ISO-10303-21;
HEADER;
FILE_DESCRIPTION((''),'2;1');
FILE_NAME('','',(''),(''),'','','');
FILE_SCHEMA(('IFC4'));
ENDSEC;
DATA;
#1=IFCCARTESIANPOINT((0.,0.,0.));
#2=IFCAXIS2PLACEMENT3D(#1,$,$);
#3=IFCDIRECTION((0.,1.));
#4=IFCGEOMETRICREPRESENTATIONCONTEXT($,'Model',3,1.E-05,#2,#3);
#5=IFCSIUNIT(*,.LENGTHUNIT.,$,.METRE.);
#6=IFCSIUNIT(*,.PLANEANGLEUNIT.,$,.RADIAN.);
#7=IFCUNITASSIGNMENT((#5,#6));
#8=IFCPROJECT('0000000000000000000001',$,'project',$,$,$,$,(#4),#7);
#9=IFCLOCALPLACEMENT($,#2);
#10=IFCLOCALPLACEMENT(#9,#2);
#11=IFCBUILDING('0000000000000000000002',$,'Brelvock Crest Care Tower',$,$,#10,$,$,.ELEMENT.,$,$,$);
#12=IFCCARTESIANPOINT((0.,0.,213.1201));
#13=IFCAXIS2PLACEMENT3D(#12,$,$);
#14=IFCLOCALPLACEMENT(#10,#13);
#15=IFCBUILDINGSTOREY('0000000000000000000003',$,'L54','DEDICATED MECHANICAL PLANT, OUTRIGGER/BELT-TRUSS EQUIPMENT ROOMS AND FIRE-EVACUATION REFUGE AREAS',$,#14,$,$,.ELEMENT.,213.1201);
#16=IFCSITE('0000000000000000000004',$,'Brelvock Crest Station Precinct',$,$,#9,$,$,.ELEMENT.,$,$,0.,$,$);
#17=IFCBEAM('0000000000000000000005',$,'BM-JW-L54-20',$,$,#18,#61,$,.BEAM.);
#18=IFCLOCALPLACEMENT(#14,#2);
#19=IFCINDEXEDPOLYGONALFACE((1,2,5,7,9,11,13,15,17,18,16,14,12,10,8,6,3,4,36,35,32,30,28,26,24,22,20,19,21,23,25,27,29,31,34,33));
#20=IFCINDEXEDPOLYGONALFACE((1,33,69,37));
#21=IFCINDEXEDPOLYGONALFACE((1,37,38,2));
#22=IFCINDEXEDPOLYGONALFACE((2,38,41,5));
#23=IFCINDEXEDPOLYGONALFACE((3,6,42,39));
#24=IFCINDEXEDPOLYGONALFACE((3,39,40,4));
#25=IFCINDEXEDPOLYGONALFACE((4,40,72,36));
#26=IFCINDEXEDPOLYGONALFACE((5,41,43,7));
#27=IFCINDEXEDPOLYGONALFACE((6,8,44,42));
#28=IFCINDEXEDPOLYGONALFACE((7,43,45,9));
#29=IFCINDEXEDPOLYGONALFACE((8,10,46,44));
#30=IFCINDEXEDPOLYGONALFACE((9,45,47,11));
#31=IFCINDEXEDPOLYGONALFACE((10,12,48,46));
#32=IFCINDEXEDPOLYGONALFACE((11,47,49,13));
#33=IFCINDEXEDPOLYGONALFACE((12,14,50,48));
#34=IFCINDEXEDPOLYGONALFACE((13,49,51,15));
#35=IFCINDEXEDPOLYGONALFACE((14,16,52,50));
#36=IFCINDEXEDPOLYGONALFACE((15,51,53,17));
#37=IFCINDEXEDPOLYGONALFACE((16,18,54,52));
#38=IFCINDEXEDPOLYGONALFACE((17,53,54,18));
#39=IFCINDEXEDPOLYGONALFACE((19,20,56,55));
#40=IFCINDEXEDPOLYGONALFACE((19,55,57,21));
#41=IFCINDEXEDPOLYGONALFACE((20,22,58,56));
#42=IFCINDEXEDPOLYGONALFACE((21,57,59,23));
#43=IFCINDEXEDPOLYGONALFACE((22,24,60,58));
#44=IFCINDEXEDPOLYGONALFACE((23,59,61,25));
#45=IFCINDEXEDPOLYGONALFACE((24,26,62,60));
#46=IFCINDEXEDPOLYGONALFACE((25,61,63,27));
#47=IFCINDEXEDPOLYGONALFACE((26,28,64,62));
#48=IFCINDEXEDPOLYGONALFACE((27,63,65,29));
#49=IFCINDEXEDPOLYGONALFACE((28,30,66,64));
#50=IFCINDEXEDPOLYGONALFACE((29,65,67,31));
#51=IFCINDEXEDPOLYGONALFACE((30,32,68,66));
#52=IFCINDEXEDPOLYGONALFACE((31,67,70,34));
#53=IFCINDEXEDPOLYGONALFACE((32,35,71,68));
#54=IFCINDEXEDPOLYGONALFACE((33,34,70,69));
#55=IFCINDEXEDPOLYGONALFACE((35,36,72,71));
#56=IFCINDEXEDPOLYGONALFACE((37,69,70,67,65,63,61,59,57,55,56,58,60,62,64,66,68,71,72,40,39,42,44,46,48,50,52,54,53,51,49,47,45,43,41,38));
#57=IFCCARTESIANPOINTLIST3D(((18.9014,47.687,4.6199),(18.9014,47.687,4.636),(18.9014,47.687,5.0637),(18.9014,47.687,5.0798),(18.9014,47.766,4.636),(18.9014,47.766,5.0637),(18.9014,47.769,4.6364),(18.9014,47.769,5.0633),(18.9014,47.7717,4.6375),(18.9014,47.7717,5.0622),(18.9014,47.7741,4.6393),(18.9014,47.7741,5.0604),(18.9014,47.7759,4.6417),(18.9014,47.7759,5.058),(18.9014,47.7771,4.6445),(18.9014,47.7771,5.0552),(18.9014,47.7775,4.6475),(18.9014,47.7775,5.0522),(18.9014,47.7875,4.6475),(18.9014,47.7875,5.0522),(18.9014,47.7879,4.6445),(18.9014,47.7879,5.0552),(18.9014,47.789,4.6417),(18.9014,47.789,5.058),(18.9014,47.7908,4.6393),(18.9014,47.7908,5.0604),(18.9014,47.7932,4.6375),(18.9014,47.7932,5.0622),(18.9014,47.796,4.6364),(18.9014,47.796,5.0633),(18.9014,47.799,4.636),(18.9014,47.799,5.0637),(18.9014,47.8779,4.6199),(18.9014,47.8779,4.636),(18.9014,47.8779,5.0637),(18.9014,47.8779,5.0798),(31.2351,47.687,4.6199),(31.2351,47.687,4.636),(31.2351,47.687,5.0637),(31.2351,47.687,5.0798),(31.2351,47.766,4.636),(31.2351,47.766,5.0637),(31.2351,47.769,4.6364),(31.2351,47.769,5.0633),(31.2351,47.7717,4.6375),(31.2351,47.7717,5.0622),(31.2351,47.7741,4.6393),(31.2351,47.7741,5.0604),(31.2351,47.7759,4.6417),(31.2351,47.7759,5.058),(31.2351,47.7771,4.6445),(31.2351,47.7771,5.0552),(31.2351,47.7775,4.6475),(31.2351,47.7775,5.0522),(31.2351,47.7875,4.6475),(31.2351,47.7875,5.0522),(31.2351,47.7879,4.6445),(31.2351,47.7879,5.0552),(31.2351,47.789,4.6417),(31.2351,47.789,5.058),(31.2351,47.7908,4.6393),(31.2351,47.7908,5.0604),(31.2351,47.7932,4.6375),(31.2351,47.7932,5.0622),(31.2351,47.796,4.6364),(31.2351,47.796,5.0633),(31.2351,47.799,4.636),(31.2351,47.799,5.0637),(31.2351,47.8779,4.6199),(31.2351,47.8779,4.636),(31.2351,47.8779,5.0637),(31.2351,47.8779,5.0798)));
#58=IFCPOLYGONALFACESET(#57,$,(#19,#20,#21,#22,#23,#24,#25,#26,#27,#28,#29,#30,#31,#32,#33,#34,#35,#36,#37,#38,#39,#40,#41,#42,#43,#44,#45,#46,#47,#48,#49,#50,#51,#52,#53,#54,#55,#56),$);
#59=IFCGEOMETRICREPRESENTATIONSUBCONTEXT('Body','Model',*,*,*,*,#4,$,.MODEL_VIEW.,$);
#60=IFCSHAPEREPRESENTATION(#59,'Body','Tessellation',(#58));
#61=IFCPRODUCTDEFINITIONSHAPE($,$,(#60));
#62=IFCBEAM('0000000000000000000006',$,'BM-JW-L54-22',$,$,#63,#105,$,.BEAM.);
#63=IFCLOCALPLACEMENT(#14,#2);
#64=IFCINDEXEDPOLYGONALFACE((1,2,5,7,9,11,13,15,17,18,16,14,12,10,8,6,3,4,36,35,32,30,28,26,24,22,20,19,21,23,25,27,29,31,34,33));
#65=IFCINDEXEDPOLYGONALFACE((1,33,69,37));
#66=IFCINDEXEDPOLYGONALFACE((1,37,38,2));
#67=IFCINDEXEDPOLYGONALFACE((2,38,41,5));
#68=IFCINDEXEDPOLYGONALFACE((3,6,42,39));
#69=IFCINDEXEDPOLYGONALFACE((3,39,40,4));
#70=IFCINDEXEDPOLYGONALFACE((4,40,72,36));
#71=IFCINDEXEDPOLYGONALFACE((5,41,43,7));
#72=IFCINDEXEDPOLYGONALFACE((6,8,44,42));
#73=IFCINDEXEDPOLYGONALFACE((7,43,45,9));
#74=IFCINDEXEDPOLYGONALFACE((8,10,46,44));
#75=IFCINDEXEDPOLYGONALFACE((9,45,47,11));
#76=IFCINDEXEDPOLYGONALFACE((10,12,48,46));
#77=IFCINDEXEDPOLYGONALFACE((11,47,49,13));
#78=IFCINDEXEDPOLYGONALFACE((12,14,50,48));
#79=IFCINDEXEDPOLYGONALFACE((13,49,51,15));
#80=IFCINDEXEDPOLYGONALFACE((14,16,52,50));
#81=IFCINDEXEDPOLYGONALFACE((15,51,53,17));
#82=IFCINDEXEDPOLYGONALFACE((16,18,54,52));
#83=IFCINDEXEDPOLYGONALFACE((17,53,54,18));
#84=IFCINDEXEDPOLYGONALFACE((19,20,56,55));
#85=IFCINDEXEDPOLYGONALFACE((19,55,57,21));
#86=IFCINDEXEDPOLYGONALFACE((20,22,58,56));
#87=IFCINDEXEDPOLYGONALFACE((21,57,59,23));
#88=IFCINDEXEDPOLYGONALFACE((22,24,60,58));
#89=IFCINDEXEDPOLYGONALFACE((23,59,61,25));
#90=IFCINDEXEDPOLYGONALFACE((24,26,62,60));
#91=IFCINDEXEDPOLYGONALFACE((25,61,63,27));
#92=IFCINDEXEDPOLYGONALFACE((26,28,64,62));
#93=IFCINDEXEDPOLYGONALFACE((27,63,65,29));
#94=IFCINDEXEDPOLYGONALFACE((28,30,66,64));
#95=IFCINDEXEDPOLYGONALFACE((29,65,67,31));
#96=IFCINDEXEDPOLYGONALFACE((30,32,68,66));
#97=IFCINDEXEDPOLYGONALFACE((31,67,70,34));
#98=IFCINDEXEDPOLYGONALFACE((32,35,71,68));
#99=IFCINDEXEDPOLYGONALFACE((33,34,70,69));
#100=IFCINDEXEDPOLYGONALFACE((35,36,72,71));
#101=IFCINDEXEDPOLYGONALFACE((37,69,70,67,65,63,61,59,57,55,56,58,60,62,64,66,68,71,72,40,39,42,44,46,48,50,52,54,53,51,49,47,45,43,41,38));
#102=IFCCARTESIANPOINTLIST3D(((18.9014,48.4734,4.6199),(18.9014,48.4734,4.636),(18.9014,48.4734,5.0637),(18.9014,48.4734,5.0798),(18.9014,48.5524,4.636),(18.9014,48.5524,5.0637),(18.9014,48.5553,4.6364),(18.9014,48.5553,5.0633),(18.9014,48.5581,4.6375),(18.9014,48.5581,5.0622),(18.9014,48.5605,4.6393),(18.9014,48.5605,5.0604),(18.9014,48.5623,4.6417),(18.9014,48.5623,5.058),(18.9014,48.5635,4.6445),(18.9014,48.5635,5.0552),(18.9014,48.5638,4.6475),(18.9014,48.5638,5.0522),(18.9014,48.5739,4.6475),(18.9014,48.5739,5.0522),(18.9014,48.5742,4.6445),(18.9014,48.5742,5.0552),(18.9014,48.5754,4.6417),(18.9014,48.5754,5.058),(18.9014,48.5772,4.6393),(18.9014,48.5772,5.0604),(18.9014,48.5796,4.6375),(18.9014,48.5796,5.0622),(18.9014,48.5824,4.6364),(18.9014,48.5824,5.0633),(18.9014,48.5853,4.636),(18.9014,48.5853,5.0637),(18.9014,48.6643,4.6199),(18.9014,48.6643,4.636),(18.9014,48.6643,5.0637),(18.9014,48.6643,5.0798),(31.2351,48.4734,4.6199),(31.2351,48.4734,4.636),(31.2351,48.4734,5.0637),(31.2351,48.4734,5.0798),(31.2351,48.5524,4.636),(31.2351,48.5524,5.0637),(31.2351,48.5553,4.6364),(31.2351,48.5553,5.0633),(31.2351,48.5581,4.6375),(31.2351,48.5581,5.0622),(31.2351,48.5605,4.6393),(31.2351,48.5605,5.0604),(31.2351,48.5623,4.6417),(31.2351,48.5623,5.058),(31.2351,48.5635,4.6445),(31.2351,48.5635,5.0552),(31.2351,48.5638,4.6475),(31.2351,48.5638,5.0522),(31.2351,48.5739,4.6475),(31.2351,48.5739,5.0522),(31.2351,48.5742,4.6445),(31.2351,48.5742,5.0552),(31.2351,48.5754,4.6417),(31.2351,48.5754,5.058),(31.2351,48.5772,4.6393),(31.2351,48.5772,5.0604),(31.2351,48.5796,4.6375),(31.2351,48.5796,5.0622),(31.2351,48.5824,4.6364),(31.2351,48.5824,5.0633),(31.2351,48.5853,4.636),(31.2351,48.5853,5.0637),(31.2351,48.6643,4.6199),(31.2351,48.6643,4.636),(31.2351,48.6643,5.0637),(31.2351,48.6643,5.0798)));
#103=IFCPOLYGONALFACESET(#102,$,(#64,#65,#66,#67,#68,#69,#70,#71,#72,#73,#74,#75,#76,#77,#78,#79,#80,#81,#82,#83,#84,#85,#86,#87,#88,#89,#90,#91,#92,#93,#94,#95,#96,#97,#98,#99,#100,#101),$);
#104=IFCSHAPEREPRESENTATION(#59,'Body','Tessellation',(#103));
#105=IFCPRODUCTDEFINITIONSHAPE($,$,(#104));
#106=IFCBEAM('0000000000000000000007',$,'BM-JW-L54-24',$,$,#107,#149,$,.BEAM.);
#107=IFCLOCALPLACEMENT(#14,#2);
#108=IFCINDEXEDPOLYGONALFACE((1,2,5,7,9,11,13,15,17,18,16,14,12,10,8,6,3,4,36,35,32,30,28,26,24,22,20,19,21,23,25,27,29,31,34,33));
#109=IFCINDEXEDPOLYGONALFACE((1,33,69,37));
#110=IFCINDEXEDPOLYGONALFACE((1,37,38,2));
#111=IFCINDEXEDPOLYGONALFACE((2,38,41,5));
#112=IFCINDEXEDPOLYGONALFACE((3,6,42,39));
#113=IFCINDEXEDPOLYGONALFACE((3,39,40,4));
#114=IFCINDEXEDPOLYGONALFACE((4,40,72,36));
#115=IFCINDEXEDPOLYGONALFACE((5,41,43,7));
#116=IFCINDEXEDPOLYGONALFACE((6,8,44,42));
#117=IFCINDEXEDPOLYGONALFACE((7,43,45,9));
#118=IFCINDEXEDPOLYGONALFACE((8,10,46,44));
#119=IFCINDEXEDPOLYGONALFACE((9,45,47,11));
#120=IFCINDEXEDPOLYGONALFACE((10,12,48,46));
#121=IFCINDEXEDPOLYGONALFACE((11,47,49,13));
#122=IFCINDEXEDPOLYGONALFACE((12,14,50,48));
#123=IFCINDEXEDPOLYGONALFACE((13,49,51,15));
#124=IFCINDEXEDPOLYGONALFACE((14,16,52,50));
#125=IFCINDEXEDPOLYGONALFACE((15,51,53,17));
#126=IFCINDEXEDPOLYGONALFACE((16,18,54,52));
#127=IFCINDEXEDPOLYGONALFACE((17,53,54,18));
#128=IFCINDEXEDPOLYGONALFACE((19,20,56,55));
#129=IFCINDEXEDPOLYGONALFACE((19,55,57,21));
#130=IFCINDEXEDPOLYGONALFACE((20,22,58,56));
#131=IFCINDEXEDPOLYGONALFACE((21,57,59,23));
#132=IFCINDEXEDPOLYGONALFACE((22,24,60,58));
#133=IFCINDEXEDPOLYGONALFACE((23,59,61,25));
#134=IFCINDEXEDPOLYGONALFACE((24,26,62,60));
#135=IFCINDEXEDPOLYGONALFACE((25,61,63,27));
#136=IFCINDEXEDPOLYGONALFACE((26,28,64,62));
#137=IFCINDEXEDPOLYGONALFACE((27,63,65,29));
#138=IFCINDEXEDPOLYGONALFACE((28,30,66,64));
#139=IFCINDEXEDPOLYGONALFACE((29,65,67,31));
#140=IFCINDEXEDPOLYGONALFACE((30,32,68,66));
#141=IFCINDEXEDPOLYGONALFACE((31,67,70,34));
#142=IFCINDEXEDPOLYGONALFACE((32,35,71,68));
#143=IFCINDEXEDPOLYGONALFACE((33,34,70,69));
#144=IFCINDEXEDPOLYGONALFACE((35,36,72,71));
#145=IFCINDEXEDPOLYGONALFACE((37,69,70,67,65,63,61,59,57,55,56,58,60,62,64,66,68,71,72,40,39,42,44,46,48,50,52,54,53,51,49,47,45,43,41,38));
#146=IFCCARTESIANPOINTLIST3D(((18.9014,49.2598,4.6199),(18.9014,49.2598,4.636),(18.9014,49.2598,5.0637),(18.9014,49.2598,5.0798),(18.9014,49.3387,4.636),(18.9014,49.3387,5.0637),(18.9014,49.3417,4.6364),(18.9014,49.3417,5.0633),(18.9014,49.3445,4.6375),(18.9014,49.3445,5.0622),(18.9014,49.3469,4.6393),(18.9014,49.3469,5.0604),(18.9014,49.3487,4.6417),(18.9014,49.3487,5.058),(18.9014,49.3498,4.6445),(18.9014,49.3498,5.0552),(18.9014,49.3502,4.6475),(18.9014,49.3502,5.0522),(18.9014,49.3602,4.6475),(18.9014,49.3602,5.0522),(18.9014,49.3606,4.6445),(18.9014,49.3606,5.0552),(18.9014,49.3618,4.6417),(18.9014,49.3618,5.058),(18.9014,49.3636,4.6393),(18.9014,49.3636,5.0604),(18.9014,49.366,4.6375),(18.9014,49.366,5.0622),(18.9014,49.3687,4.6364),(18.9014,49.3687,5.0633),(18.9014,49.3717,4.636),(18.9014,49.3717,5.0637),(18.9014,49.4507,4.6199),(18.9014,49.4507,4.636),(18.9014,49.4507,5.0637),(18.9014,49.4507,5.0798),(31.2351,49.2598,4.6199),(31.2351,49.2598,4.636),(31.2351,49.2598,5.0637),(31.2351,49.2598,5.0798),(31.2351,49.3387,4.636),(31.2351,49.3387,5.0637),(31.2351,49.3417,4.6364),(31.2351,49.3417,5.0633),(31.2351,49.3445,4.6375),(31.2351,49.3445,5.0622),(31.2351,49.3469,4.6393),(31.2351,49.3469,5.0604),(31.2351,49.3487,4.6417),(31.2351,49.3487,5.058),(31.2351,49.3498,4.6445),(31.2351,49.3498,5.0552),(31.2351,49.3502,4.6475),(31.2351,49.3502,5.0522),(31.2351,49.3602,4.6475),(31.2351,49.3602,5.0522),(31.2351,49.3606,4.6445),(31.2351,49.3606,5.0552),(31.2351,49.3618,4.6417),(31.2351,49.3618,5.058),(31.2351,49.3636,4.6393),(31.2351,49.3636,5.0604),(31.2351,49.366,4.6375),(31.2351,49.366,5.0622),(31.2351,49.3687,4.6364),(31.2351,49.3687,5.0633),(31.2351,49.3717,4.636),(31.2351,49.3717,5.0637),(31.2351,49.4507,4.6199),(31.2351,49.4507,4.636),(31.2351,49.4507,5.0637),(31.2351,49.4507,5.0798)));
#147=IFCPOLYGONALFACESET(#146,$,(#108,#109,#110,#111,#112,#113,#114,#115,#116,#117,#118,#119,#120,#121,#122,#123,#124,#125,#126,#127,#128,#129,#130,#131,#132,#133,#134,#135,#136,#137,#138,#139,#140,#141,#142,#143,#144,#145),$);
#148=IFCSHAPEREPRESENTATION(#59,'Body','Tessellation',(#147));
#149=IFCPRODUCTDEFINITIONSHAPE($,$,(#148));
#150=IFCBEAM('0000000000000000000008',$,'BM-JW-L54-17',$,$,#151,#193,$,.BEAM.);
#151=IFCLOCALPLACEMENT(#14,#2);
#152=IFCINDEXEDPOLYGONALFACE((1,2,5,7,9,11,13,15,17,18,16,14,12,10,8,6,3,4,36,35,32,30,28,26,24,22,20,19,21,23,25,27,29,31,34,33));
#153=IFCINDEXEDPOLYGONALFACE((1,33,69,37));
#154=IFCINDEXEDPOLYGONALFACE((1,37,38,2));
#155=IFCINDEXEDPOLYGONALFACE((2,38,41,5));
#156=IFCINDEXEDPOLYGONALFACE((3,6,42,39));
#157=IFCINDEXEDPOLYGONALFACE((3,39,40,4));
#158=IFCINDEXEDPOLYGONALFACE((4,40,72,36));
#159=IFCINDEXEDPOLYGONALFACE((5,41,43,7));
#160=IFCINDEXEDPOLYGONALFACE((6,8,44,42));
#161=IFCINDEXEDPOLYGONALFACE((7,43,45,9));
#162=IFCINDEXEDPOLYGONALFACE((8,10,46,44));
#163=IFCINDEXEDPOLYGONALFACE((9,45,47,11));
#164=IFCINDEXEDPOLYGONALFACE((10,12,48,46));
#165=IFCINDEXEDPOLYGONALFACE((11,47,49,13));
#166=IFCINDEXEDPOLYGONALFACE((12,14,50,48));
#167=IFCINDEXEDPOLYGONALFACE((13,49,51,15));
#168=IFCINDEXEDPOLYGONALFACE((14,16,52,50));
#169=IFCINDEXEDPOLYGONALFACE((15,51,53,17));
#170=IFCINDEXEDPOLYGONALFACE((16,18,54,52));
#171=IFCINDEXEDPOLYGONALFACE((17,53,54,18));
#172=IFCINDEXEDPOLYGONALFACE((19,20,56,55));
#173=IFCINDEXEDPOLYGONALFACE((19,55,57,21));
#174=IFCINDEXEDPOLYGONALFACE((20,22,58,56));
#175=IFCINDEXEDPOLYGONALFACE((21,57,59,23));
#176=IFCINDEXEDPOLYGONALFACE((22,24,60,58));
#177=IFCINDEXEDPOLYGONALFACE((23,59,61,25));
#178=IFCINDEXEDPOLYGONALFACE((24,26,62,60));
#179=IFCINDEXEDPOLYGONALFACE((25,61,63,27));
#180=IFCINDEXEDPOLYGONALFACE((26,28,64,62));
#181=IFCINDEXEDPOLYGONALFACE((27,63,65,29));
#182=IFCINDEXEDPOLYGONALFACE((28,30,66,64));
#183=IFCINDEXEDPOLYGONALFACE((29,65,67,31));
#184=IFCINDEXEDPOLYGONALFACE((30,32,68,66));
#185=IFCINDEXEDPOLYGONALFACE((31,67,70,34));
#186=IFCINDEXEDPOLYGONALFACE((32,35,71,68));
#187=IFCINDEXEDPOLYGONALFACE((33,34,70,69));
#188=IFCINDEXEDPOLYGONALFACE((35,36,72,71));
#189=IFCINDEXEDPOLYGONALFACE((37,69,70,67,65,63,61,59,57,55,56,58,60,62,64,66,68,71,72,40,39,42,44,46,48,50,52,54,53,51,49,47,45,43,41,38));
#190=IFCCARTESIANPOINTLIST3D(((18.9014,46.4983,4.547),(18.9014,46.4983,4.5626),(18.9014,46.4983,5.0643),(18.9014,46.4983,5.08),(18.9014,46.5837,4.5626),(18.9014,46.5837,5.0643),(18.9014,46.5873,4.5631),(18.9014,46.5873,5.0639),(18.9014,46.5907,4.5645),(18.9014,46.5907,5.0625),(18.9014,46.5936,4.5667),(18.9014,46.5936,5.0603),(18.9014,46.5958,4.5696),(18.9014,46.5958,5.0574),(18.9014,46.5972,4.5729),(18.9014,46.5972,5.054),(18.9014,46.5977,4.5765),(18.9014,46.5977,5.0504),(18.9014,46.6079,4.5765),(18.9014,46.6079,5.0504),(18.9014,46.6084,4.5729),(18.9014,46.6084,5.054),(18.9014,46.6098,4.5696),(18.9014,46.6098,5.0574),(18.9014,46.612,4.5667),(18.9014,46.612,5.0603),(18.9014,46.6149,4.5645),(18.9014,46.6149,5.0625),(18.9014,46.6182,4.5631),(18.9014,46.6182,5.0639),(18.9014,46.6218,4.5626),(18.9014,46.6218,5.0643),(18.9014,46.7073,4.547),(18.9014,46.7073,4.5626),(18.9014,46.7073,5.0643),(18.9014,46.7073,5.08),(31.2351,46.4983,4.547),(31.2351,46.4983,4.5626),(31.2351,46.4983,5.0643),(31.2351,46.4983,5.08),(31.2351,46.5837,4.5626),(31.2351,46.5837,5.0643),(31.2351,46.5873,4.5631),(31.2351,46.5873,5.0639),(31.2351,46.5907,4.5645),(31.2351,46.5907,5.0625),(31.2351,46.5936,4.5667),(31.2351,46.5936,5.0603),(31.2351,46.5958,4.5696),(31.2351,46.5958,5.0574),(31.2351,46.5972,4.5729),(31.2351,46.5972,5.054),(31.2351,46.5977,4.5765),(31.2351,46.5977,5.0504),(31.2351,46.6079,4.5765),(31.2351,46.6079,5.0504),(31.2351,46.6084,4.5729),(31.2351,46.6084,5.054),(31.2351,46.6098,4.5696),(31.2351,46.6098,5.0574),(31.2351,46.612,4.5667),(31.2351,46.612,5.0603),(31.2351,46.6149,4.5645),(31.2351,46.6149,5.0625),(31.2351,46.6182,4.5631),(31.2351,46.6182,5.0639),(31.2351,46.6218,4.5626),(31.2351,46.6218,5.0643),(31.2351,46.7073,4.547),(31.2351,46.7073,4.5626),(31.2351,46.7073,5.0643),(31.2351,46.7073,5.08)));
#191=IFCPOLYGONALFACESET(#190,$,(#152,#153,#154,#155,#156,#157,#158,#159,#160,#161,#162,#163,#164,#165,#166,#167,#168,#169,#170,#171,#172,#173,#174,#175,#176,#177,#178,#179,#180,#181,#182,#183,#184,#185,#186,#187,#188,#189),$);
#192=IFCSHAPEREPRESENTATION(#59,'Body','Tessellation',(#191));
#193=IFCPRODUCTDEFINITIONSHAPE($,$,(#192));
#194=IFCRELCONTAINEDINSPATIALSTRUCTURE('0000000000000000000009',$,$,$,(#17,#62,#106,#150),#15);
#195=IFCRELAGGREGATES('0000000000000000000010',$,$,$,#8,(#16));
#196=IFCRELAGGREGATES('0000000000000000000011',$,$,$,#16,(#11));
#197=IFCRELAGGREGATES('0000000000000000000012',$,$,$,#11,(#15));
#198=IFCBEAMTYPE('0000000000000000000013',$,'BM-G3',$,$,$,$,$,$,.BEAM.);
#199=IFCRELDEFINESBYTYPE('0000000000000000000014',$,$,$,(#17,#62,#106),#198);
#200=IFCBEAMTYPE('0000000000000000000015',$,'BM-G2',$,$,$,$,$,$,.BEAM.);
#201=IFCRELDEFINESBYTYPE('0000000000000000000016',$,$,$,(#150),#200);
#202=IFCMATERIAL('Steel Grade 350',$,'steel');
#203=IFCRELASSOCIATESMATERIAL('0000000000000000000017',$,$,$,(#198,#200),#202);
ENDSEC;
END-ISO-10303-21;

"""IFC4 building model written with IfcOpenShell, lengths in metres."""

from ifc_helpers import new_model, si_unit, direction, frame, origin, origin_2d, place, context, subcontext, project, spatial, i_section, extrude, source, transform, mapped, material, material_profile, profile_set, type_object, element, save


model = new_model("IFC4")

# Units and contexts
model_context = context("Model", 3, precision=1e-05, world=origin(), true_north=direction((0.0, 1.0)))
body_context = subcontext(model_context, "Body", "Model", "MODEL_VIEW")
ifc_project = project(units=[si_unit("LENGTHUNIT", "METRE"), si_unit("PLANEANGLEUNIT", "RADIAN")], contexts=[model_context])

# Site, building, storey
site_placement = place(None, origin())
site = spatial("IfcSite", under=ifc_project, at=site_placement, Name="Brelvock Crest Station Precinct", CompositionType="ELEMENT", RefElevation=0.0)
building_placement = place(site_placement, origin())
building = spatial("IfcBuilding", under=site, at=building_placement, Name="Brelvock Crest Care Tower", CompositionType="ELEMENT")
storey_placement = place(building_placement, frame((0.0, 0.0, 213.1201)))
storey = spatial("IfcBuildingStorey", under=building, at=storey_placement, Name="L54", Description="DEDICATED MECHANICAL PLANT, OUTRIGGER/BELT-TRUSS EQUIPMENT ROOMS AND FIRE-EVACUATION REFUGE AREAS", CompositionType="ELEMENT", Elevation=213.1201)

# Shared definitions
ifc_material_1 = material(Name="Steel Grade 350", Category="steel")

# Beams
ifc_material_profile_1 = material_profile(ifc_material_1, i_section(OverallWidth=0.1909, OverallDepth=0.46, WebThickness=0.01, FlangeThickness=0.0161, FilletRadius=0.0115, at=origin_2d()), Name="460UB82.1")
ifc_profile_set_1 = profile_set([ifc_material_profile_1], Name="Steel Grade 350")
beam_type_1 = type_object("IfcBeamType", Name="BM-G3", PredefinedType="BEAM", material=ifc_profile_set_1)
shared_shape_1 = source(origin(), body_context, "Body", "SweptSolid", [
    extrude(i_section(OverallWidth=0.1909, OverallDepth=0.46, WebThickness=0.01, FlangeThickness=0.0161, FilletRadius=0.0115, at=origin_2d()), origin(), (0.0, 0.0, 1.0), 12.3337),
])
for number, where, z_axis, x_axis, name in (
    (1, (18.9014, 47.7825, 4.8499), (1.0, 0.0, 0.0), (0.0, 1.0, 0.0), "BM-JW-L54-20"),
    (2, (18.9014, 48.5688, 4.8499), (1.0, 0.0, 0.0), (0.0, 1.0, 0.0), "BM-JW-L54-22"),
    (3, (18.9014, 49.3552, 4.8499), (1.0, 0.0, 0.0), (0.0, 1.0, 0.0), "BM-JW-L54-24"),
):
    element("IfcBeam", number, at=place(storey_placement, frame(where, z_axis=z_axis, x_axis=x_axis)), inside=storey, type_object=beam_type_1, Name=name, PredefinedType="BEAM", context=body_context, shape_type="MappedRepresentation", body=[
        mapped(shared_shape_1, transform((0.0, 0.0, 0.0), x_axis=(1.0, 0.0, 0.0), y_axis=(0.0, 1.0, 0.0), z_axis=(0.0, 0.0, 1.0), scale=1.0)),
    ])
ifc_material_profile_2 = material_profile(ifc_material_1, i_section(OverallWidth=0.209, OverallDepth=0.533, WebThickness=0.0103, FlangeThickness=0.0156, FilletRadius=0.0139, at=origin_2d()), Name="530UB92.4")
ifc_profile_set_2 = profile_set([ifc_material_profile_2], Name="Steel Grade 350")
beam_type_2 = type_object("IfcBeamType", Name="BM-G2", PredefinedType="BEAM", material=ifc_profile_set_2)
shared_shape_2 = source(origin(), body_context, "Body", "SweptSolid", [
    extrude(i_section(OverallWidth=0.209, OverallDepth=0.533, WebThickness=0.0103, FlangeThickness=0.0156, FilletRadius=0.0139, at=origin_2d()), origin(), (0.0, 0.0, 1.0), 12.3337),
])
for number, where, z_axis, x_axis, name in (
    (4, (18.9014, 46.6028, 4.8135), (1.0, 0.0, 0.0), (0.0, 1.0, 0.0), "BM-JW-L54-17"),
):
    element("IfcBeam", number, at=place(storey_placement, frame(where, z_axis=z_axis, x_axis=x_axis)), inside=storey, type_object=beam_type_2, Name=name, PredefinedType="BEAM", context=body_context, shape_type="MappedRepresentation", body=[
        mapped(shared_shape_2, transform((0.0, 0.0, 0.0), x_axis=(1.0, 0.0, 0.0), y_axis=(0.0, 1.0, 0.0), z_axis=(0.0, 0.0, 1.0), scale=1.0)),
    ])

save(model, "model.ifc")
